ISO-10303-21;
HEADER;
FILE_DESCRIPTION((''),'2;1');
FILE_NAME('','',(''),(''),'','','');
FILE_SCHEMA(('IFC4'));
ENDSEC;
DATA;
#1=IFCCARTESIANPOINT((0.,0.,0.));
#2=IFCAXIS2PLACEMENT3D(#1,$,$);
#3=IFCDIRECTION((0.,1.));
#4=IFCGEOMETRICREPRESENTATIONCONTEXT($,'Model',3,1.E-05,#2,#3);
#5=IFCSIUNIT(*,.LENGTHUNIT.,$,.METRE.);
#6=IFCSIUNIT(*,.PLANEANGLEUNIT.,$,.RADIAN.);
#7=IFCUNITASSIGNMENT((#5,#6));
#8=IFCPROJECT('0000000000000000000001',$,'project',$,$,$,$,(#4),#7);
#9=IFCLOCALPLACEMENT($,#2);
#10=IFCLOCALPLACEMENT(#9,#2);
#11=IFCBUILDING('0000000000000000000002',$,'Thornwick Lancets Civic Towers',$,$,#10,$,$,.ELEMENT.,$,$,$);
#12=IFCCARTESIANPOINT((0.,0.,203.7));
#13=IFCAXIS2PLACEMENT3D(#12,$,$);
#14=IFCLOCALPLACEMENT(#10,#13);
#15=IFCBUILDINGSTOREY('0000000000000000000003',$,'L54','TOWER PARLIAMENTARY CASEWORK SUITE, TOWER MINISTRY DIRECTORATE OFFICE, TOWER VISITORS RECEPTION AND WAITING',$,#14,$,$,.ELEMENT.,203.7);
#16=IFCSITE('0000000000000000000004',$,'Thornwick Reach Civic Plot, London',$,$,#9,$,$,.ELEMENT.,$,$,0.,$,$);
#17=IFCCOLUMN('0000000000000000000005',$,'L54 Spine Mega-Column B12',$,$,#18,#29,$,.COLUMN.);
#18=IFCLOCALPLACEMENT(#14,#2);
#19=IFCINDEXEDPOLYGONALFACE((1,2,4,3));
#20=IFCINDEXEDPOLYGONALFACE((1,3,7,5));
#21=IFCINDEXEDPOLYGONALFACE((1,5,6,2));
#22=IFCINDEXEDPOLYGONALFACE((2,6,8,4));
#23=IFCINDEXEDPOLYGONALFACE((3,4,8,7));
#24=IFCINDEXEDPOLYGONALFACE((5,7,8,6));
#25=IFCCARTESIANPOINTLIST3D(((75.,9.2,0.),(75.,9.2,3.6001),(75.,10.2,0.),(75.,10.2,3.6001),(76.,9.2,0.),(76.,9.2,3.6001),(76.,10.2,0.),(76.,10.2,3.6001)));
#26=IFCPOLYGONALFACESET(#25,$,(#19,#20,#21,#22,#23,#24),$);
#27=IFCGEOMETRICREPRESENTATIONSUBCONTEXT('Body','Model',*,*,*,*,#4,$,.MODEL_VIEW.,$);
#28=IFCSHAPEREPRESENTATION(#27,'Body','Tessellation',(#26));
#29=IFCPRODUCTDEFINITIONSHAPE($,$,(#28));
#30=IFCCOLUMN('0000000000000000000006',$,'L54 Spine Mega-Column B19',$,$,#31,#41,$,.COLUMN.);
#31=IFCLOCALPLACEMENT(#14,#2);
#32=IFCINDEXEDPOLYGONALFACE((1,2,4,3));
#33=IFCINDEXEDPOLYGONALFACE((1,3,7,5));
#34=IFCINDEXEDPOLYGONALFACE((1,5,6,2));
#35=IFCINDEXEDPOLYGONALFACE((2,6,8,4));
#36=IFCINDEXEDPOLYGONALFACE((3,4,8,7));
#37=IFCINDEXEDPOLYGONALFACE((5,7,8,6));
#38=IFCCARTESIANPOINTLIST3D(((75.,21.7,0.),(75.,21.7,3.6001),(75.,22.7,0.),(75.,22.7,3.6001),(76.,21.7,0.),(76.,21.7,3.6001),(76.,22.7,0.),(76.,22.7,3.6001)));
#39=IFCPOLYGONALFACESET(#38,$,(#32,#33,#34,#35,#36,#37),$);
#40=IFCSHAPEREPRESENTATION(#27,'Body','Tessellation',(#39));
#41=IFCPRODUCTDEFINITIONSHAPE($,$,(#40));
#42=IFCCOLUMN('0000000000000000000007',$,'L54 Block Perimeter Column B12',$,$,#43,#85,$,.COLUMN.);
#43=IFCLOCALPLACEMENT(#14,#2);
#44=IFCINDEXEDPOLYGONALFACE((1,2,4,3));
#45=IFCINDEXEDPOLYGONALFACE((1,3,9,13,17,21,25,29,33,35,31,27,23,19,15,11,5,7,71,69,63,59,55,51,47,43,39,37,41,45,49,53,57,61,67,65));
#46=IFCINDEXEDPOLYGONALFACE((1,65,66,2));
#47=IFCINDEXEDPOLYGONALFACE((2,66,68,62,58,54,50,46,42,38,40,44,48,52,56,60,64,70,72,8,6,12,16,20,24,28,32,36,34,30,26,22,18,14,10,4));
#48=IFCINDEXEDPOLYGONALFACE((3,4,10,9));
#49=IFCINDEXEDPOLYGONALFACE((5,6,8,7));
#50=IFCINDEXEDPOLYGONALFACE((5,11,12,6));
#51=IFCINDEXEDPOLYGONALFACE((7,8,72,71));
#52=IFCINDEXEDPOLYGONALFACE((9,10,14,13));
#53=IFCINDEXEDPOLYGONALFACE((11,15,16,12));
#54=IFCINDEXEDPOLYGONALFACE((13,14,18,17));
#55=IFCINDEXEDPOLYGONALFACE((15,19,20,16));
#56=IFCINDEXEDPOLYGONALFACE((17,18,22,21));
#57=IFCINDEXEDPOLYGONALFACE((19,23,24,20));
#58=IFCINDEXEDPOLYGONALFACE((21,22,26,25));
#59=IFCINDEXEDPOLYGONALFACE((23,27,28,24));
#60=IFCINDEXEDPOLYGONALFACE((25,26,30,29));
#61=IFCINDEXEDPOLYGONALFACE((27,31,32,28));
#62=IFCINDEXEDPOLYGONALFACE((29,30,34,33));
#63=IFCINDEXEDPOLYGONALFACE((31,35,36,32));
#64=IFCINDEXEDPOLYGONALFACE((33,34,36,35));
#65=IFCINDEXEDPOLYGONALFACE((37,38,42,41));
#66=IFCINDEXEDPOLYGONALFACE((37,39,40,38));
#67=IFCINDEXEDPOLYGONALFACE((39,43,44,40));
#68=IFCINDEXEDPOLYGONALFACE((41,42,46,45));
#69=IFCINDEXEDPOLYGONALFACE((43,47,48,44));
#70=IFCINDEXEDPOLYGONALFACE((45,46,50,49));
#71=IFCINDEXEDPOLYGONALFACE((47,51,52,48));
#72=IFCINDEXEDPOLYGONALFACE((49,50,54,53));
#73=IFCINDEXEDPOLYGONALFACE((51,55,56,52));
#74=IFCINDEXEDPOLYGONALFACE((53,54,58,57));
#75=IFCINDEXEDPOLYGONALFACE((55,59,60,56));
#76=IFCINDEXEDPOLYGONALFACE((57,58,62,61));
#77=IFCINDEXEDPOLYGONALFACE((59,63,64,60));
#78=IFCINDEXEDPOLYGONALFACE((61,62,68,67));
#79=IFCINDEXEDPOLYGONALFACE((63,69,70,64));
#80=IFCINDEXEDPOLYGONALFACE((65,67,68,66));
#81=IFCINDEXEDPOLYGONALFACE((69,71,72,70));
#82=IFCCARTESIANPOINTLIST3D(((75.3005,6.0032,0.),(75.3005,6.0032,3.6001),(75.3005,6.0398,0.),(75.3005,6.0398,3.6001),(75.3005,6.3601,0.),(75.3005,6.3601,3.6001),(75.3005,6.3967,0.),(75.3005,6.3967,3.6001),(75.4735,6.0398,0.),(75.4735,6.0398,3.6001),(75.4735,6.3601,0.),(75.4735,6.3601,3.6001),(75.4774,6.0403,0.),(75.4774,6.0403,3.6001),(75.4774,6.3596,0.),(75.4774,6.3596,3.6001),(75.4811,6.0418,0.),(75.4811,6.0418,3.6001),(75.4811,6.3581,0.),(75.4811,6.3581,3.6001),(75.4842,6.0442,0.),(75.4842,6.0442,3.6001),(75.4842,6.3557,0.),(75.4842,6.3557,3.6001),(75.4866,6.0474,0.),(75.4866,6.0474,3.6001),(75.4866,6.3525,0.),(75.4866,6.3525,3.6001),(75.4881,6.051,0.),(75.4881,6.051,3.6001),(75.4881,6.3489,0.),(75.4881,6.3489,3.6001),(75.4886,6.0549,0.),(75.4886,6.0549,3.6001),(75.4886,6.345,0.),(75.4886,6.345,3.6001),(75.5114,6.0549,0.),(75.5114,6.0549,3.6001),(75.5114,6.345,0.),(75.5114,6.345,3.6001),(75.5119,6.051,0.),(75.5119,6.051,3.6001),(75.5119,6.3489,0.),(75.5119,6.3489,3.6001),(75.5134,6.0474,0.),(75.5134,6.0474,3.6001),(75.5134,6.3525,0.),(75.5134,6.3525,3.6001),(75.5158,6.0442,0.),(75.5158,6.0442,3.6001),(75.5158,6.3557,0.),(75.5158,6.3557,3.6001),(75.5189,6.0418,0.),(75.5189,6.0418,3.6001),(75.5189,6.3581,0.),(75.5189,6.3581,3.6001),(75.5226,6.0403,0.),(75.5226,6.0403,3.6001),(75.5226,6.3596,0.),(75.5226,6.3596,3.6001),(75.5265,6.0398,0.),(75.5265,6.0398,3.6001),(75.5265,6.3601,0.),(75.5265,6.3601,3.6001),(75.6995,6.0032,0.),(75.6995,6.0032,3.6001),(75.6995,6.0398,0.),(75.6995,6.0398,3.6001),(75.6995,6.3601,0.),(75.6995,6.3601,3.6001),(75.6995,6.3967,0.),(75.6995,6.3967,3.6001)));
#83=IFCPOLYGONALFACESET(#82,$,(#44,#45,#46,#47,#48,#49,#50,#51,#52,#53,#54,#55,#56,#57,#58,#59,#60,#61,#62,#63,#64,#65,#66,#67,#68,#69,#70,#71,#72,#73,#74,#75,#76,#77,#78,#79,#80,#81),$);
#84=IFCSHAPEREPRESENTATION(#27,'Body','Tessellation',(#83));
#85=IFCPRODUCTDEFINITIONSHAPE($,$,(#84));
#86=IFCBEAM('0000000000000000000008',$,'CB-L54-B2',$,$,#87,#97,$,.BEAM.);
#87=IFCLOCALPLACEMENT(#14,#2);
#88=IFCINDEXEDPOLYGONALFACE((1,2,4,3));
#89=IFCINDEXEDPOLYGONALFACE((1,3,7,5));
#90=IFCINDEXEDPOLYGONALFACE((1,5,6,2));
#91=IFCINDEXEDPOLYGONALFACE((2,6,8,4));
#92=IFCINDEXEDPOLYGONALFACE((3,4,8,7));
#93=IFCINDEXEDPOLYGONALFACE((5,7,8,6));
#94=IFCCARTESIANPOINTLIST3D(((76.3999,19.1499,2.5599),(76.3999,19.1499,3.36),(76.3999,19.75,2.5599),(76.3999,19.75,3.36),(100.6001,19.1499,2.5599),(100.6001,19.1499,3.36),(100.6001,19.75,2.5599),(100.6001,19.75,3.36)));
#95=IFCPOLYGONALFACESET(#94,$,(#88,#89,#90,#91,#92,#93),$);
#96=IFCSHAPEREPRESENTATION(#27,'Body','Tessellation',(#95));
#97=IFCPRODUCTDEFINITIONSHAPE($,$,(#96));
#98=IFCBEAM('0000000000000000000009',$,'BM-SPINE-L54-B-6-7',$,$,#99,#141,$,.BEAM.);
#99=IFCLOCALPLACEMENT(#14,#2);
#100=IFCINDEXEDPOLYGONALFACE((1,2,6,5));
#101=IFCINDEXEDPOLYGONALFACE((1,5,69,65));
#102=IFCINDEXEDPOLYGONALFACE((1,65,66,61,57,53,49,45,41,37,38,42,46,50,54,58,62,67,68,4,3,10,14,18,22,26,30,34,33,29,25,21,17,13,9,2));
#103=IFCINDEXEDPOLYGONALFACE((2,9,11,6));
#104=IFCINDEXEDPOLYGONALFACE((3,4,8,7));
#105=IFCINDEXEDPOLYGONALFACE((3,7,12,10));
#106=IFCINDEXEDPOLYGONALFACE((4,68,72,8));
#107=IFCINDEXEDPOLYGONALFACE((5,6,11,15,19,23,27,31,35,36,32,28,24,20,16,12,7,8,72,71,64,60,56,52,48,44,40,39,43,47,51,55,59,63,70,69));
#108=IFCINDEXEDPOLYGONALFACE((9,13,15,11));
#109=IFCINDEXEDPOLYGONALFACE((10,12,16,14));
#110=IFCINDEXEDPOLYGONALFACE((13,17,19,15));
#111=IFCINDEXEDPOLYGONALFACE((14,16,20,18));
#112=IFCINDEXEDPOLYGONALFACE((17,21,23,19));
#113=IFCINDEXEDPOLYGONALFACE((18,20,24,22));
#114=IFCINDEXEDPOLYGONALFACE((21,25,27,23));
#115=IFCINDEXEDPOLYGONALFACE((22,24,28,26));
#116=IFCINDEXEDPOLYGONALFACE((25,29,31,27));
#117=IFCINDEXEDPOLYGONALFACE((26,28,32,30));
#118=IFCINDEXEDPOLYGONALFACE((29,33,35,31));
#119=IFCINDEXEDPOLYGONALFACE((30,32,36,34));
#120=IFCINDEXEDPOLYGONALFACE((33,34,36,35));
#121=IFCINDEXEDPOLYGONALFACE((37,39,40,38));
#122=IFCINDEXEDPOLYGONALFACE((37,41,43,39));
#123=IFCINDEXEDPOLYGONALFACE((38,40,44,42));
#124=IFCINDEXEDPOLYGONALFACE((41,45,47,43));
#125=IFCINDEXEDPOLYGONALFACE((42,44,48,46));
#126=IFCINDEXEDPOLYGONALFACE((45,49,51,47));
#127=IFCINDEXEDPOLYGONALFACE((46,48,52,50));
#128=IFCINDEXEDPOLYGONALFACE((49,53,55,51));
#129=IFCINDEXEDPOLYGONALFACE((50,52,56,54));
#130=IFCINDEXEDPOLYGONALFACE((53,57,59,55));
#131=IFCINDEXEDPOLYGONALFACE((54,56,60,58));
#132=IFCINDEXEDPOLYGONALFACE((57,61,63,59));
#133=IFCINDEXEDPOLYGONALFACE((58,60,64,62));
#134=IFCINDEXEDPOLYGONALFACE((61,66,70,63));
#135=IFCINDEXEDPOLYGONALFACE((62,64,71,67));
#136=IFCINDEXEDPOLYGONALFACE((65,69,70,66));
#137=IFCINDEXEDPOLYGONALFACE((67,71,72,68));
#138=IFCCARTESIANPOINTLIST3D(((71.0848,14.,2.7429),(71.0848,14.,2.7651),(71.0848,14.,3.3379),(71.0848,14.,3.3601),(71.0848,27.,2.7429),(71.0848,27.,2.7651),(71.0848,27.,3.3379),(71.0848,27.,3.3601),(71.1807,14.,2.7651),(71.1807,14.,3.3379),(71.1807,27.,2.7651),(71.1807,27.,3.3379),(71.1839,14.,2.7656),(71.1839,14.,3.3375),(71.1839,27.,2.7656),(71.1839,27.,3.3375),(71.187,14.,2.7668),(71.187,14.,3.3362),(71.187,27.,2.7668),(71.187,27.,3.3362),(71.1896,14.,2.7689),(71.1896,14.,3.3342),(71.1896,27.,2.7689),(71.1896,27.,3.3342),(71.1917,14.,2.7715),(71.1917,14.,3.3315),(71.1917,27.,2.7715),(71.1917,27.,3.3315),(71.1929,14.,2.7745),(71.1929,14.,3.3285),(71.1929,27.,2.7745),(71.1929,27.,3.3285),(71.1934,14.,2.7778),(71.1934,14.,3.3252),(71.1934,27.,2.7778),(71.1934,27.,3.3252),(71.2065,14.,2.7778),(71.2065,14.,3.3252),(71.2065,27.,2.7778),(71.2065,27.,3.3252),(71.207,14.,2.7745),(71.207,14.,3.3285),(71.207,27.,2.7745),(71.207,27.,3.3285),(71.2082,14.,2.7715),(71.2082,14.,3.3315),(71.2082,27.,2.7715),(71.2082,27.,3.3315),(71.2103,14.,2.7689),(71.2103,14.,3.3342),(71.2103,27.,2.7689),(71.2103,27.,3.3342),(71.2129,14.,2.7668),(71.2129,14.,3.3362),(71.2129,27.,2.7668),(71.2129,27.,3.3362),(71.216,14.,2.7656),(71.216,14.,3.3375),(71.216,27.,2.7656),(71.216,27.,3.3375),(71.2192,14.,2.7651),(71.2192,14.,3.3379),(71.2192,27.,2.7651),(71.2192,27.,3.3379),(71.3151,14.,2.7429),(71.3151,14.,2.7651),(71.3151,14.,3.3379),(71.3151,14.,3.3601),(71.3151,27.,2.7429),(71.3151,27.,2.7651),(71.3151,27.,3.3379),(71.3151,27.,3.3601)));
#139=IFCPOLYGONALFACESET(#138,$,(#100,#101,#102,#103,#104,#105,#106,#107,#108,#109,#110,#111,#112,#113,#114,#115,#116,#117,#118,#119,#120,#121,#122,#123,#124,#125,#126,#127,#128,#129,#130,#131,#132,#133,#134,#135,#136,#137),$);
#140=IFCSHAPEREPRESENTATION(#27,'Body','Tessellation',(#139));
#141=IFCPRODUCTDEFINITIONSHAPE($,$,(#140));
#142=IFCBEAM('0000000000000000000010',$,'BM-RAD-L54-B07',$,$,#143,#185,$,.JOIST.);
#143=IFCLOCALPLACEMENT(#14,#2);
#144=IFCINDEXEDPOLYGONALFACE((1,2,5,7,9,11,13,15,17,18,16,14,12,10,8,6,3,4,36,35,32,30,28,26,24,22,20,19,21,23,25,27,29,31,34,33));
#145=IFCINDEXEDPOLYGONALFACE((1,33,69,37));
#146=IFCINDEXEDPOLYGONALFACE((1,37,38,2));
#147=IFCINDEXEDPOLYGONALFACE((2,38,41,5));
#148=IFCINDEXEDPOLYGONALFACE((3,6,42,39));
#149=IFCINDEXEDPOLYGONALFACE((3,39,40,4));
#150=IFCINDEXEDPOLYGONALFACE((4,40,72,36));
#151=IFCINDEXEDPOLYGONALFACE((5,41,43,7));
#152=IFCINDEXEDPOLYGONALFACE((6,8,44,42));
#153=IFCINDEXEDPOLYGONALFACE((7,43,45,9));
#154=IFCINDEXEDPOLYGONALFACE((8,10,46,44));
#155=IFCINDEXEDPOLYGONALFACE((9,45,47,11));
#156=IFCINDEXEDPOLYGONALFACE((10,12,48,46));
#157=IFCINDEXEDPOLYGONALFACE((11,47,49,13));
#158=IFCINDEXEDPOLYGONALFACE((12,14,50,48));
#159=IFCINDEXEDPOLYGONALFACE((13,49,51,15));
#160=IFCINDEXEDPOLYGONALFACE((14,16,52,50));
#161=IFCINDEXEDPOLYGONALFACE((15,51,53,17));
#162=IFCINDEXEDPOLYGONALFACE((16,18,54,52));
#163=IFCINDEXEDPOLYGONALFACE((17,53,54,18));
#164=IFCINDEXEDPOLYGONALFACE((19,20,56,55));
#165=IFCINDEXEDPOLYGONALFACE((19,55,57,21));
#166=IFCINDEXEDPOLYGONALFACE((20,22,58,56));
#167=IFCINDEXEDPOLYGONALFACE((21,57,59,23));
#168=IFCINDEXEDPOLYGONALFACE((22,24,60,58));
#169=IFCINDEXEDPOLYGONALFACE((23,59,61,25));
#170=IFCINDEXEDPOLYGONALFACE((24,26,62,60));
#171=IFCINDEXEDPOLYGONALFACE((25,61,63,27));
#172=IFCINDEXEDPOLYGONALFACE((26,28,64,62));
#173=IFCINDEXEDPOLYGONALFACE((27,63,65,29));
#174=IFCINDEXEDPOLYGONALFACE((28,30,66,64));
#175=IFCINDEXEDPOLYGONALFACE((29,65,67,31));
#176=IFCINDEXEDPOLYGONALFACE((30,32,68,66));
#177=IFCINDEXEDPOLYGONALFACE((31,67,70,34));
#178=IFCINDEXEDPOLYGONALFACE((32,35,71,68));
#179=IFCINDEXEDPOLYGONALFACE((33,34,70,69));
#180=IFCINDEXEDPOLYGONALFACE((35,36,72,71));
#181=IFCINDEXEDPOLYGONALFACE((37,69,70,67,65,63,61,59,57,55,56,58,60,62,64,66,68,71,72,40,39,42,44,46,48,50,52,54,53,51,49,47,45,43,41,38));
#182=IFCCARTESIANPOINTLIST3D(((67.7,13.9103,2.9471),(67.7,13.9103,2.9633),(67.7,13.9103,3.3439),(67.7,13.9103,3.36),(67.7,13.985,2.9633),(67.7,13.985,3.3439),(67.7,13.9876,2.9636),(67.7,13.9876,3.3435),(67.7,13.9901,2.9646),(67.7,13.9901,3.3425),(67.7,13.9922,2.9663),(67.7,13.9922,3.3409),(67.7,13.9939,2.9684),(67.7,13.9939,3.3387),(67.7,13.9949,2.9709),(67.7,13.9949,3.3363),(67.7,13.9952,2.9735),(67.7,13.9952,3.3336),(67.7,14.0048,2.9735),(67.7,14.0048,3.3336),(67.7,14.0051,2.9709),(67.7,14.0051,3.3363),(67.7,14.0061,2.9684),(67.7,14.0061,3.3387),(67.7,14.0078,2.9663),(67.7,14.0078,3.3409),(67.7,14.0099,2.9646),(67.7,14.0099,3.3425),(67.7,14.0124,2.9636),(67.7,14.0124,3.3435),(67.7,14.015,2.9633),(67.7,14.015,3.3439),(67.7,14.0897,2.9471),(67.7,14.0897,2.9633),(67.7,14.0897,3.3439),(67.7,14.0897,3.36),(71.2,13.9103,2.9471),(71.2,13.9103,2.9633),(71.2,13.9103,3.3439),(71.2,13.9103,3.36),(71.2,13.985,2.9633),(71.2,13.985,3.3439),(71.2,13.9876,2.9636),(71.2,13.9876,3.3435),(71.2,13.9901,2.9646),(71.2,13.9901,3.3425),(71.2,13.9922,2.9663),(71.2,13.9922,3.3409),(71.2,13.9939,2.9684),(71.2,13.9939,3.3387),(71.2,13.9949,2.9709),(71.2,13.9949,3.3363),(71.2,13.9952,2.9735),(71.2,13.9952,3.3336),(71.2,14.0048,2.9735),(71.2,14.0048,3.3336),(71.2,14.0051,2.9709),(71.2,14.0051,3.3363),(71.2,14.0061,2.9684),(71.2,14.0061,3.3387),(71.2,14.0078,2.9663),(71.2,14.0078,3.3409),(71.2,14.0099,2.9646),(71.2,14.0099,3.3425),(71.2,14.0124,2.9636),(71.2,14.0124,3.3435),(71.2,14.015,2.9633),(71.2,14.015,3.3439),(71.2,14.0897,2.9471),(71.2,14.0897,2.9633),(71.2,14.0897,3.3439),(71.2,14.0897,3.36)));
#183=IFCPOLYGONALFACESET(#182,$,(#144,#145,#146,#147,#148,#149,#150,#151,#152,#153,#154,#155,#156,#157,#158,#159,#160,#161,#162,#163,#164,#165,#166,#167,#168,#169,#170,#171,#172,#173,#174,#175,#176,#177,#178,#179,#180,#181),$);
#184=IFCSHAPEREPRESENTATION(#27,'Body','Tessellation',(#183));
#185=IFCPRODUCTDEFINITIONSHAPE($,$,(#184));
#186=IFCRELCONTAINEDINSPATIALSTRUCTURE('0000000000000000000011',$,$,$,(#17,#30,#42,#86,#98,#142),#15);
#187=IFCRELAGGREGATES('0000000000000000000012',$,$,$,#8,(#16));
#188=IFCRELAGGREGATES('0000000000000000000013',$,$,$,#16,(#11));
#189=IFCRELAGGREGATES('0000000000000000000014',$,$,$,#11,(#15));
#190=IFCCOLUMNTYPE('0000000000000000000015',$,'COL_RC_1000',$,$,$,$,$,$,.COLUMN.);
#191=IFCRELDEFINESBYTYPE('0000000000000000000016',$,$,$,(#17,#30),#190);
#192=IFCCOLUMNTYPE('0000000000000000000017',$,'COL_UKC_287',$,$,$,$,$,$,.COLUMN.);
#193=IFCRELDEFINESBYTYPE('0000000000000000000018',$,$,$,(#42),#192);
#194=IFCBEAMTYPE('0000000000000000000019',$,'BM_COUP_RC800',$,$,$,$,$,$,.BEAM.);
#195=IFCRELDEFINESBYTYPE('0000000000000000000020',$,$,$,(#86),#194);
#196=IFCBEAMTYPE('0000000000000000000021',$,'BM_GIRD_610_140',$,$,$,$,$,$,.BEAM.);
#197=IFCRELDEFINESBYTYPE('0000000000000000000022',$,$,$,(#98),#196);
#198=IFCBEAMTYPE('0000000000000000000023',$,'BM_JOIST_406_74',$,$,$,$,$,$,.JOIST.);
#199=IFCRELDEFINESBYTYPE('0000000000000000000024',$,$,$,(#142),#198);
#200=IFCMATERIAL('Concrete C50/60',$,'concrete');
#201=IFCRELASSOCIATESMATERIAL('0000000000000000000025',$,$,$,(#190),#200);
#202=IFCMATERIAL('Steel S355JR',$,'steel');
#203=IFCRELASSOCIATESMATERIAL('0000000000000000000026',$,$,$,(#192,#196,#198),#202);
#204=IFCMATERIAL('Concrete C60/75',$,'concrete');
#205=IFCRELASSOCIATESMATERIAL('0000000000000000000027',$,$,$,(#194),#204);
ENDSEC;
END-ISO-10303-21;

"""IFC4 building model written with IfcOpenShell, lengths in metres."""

from ifc_helpers import new_model, si_unit, direction, frame, origin, origin_2d, place, context, subcontext, project, spatial, rectangle, i_section, extrude, material, material_profile, profile_set, type_object, element, save


model = new_model("IFC4")

# Units and contexts
model_context = context("Model", 3, precision=1e-05, world=origin(), true_north=direction((0.0, 1.0)))
body_context = subcontext(model_context, "Body", "Model", "MODEL_VIEW")
ifc_project = project(units=[si_unit("LENGTHUNIT", "METRE"), si_unit("PLANEANGLEUNIT", "RADIAN")], contexts=[model_context])

# Site, building, storey
site_placement = place(None, origin())
site = spatial("IfcSite", under=ifc_project, at=site_placement, Name="Thornwick Reach Civic Plot, London", CompositionType="ELEMENT", RefElevation=0.0)
building_placement = place(site_placement, origin())
building = spatial("IfcBuilding", under=site, at=building_placement, Name="Thornwick Lancets Civic Towers", CompositionType="ELEMENT")
storey_placement = place(building_placement, frame((0.0, 0.0, 203.7)))
storey = spatial("IfcBuildingStorey", under=building, at=storey_placement, Name="L54", Description="TOWER PARLIAMENTARY CASEWORK SUITE, TOWER MINISTRY DIRECTORATE OFFICE, TOWER VISITORS RECEPTION AND WAITING", CompositionType="ELEMENT", Elevation=203.7)

# Columns
ifc_material_1 = material(Name="Concrete C50/60", Category="concrete")
ifc_material_profile_1 = material_profile(ifc_material_1, rectangle(XDim=1.0, YDim=1.0, at=origin_2d()), Name="RC 1000x1000")
ifc_profile_set_1 = profile_set([ifc_material_profile_1], Name="Concrete C50/60")
column_type_1 = type_object("IfcColumnType", Name="COL_RC_1000", PredefinedType="COLUMN", material=ifc_profile_set_1)
for number, where, z_axis, x_axis, name in (
    (1, (75.5, 9.7, 0.0), (0.0, 0.0, 1.0), (1.0, 0.0, 0.0), "L54 Spine Mega-Column B12"),
    (2, (75.5, 22.2, 0.0), (0.0, 0.0, 1.0), (1.0, 0.0, 0.0), "L54 Spine Mega-Column B19"),
):
    element("IfcColumn", number, at=place(storey_placement, frame(where, z_axis=z_axis, x_axis=x_axis)), inside=storey, type_object=column_type_1, Name=name, PredefinedType="COLUMN", context=body_context, shape_type="SweptSolid", body=[
        extrude(rectangle(XDim=1.0, YDim=1.0, at=origin_2d()), origin(), (0.0, 0.0, 1.0), 3.6001),
    ])
ifc_material_2 = material(Name="Steel S355JR", Category="steel")
ifc_material_profile_2 = material_profile(ifc_material_2, i_section(OverallWidth=0.3989, OverallDepth=0.3936, WebThickness=0.0227, FlangeThickness=0.0366, FilletRadius=0.0151, at=origin_2d()), Name="UKC 356x406x287")
ifc_profile_set_2 = profile_set([ifc_material_profile_2], Name="Steel S355JR")
column_type_2 = type_object("IfcColumnType", Name="COL_UKC_287", PredefinedType="COLUMN", material=ifc_profile_set_2)
column_placement = place(storey_placement, frame((75.5, 6.2, 0.0), z_axis=(0.0, 0.0, 1.0), x_axis=(1.0, 0.0, 0.0)))
element("IfcColumn", 3, at=column_placement, inside=storey, type_object=column_type_2, Name="L54 Block Perimeter Column B12", PredefinedType="COLUMN", context=body_context, shape_type="SweptSolid", body=[
    extrude(i_section(OverallWidth=0.3989, OverallDepth=0.3936, WebThickness=0.0227, FlangeThickness=0.0366, FilletRadius=0.0151, at=origin_2d()), origin(), (0.0, 0.0, 1.0), 3.6001),
])

# Beams
ifc_material_3 = material(Name="Concrete C60/75", Category="concrete")
ifc_material_profile_3 = material_profile(ifc_material_3, rectangle(XDim=0.6001, YDim=0.8, at=origin_2d()), Name="RC 600x800")
ifc_profile_set_3 = profile_set([ifc_material_profile_3], Name="Concrete C60/75")
beam_type_1 = type_object("IfcBeamType", Name="BM_COUP_RC800", PredefinedType="BEAM", material=ifc_profile_set_3)
beam_1_placement = place(storey_placement, frame((76.3999, 19.45, 2.96), z_axis=(1.0, 0.0, 0.0), x_axis=(0.0, 1.0, 0.0)))
element("IfcBeam", 4, at=beam_1_placement, inside=storey, type_object=beam_type_1, Name="CB-L54-B2", PredefinedType="BEAM", context=body_context, shape_type="SweptSolid", body=[
    extrude(rectangle(XDim=0.6001, YDim=0.8, at=origin_2d()), origin(), (0.0, 0.0, 1.0), 24.2002),
])
ifc_material_profile_4 = material_profile(ifc_material_2, i_section(OverallWidth=0.2302, OverallDepth=0.6172, WebThickness=0.0132, FlangeThickness=0.0222, FilletRadius=0.0127, at=origin_2d()), Name="UKB 610x229x140")
ifc_profile_set_4 = profile_set([ifc_material_profile_4], Name="Steel S355JR")
beam_type_2 = type_object("IfcBeamType", Name="BM_GIRD_610_140", PredefinedType="BEAM", material=ifc_profile_set_4)
beam_2_placement = place(storey_placement, frame((71.2, 14.0, 3.0515), z_axis=(0.0, 1.0, 0.0), x_axis=(-1.0, 0.0, 0.0)))
element("IfcBeam", 5, at=beam_2_placement, inside=storey, type_object=beam_type_2, Name="BM-SPINE-L54-B-6-7", PredefinedType="BEAM", context=body_context, shape_type="SweptSolid", body=[
    extrude(i_section(OverallWidth=0.2302, OverallDepth=0.6172, WebThickness=0.0132, FlangeThickness=0.0222, FilletRadius=0.0127, at=origin_2d()), origin(), (0.0, 0.0, 1.0), 13.0),
])
ifc_material_profile_5 = material_profile(ifc_material_2, i_section(OverallWidth=0.1794, OverallDepth=0.4128, WebThickness=0.0095, FlangeThickness=0.0161, FilletRadius=0.0103, at=origin_2d()), Name="UKB 406x178x74")
ifc_profile_set_5 = profile_set([ifc_material_profile_5], Name="Steel S355JR")
beam_type_3 = type_object("IfcBeamType", Name="BM_JOIST_406_74", PredefinedType="JOIST", material=ifc_profile_set_5)
for number, where, z_axis, x_axis, name in (
    (6, (71.2, 14.0, 3.1536), (-1.0, 0.0, 0.0), (0.0, -1.0, 0.0), "BM-RAD-L54-B07"),
):
    element("IfcBeam", number, at=place(storey_placement, frame(where, z_axis=z_axis, x_axis=x_axis)), inside=storey, type_object=beam_type_3, Name=name, PredefinedType="JOIST", context=body_context, shape_type="SweptSolid", body=[
        extrude(i_section(OverallWidth=0.1794, OverallDepth=0.4128, WebThickness=0.0095, FlangeThickness=0.0161, FilletRadius=0.0103, at=origin_2d()), origin(), (0.0, 0.0, 1.0), 3.5),
    ])

save(model, "model.ifc")
